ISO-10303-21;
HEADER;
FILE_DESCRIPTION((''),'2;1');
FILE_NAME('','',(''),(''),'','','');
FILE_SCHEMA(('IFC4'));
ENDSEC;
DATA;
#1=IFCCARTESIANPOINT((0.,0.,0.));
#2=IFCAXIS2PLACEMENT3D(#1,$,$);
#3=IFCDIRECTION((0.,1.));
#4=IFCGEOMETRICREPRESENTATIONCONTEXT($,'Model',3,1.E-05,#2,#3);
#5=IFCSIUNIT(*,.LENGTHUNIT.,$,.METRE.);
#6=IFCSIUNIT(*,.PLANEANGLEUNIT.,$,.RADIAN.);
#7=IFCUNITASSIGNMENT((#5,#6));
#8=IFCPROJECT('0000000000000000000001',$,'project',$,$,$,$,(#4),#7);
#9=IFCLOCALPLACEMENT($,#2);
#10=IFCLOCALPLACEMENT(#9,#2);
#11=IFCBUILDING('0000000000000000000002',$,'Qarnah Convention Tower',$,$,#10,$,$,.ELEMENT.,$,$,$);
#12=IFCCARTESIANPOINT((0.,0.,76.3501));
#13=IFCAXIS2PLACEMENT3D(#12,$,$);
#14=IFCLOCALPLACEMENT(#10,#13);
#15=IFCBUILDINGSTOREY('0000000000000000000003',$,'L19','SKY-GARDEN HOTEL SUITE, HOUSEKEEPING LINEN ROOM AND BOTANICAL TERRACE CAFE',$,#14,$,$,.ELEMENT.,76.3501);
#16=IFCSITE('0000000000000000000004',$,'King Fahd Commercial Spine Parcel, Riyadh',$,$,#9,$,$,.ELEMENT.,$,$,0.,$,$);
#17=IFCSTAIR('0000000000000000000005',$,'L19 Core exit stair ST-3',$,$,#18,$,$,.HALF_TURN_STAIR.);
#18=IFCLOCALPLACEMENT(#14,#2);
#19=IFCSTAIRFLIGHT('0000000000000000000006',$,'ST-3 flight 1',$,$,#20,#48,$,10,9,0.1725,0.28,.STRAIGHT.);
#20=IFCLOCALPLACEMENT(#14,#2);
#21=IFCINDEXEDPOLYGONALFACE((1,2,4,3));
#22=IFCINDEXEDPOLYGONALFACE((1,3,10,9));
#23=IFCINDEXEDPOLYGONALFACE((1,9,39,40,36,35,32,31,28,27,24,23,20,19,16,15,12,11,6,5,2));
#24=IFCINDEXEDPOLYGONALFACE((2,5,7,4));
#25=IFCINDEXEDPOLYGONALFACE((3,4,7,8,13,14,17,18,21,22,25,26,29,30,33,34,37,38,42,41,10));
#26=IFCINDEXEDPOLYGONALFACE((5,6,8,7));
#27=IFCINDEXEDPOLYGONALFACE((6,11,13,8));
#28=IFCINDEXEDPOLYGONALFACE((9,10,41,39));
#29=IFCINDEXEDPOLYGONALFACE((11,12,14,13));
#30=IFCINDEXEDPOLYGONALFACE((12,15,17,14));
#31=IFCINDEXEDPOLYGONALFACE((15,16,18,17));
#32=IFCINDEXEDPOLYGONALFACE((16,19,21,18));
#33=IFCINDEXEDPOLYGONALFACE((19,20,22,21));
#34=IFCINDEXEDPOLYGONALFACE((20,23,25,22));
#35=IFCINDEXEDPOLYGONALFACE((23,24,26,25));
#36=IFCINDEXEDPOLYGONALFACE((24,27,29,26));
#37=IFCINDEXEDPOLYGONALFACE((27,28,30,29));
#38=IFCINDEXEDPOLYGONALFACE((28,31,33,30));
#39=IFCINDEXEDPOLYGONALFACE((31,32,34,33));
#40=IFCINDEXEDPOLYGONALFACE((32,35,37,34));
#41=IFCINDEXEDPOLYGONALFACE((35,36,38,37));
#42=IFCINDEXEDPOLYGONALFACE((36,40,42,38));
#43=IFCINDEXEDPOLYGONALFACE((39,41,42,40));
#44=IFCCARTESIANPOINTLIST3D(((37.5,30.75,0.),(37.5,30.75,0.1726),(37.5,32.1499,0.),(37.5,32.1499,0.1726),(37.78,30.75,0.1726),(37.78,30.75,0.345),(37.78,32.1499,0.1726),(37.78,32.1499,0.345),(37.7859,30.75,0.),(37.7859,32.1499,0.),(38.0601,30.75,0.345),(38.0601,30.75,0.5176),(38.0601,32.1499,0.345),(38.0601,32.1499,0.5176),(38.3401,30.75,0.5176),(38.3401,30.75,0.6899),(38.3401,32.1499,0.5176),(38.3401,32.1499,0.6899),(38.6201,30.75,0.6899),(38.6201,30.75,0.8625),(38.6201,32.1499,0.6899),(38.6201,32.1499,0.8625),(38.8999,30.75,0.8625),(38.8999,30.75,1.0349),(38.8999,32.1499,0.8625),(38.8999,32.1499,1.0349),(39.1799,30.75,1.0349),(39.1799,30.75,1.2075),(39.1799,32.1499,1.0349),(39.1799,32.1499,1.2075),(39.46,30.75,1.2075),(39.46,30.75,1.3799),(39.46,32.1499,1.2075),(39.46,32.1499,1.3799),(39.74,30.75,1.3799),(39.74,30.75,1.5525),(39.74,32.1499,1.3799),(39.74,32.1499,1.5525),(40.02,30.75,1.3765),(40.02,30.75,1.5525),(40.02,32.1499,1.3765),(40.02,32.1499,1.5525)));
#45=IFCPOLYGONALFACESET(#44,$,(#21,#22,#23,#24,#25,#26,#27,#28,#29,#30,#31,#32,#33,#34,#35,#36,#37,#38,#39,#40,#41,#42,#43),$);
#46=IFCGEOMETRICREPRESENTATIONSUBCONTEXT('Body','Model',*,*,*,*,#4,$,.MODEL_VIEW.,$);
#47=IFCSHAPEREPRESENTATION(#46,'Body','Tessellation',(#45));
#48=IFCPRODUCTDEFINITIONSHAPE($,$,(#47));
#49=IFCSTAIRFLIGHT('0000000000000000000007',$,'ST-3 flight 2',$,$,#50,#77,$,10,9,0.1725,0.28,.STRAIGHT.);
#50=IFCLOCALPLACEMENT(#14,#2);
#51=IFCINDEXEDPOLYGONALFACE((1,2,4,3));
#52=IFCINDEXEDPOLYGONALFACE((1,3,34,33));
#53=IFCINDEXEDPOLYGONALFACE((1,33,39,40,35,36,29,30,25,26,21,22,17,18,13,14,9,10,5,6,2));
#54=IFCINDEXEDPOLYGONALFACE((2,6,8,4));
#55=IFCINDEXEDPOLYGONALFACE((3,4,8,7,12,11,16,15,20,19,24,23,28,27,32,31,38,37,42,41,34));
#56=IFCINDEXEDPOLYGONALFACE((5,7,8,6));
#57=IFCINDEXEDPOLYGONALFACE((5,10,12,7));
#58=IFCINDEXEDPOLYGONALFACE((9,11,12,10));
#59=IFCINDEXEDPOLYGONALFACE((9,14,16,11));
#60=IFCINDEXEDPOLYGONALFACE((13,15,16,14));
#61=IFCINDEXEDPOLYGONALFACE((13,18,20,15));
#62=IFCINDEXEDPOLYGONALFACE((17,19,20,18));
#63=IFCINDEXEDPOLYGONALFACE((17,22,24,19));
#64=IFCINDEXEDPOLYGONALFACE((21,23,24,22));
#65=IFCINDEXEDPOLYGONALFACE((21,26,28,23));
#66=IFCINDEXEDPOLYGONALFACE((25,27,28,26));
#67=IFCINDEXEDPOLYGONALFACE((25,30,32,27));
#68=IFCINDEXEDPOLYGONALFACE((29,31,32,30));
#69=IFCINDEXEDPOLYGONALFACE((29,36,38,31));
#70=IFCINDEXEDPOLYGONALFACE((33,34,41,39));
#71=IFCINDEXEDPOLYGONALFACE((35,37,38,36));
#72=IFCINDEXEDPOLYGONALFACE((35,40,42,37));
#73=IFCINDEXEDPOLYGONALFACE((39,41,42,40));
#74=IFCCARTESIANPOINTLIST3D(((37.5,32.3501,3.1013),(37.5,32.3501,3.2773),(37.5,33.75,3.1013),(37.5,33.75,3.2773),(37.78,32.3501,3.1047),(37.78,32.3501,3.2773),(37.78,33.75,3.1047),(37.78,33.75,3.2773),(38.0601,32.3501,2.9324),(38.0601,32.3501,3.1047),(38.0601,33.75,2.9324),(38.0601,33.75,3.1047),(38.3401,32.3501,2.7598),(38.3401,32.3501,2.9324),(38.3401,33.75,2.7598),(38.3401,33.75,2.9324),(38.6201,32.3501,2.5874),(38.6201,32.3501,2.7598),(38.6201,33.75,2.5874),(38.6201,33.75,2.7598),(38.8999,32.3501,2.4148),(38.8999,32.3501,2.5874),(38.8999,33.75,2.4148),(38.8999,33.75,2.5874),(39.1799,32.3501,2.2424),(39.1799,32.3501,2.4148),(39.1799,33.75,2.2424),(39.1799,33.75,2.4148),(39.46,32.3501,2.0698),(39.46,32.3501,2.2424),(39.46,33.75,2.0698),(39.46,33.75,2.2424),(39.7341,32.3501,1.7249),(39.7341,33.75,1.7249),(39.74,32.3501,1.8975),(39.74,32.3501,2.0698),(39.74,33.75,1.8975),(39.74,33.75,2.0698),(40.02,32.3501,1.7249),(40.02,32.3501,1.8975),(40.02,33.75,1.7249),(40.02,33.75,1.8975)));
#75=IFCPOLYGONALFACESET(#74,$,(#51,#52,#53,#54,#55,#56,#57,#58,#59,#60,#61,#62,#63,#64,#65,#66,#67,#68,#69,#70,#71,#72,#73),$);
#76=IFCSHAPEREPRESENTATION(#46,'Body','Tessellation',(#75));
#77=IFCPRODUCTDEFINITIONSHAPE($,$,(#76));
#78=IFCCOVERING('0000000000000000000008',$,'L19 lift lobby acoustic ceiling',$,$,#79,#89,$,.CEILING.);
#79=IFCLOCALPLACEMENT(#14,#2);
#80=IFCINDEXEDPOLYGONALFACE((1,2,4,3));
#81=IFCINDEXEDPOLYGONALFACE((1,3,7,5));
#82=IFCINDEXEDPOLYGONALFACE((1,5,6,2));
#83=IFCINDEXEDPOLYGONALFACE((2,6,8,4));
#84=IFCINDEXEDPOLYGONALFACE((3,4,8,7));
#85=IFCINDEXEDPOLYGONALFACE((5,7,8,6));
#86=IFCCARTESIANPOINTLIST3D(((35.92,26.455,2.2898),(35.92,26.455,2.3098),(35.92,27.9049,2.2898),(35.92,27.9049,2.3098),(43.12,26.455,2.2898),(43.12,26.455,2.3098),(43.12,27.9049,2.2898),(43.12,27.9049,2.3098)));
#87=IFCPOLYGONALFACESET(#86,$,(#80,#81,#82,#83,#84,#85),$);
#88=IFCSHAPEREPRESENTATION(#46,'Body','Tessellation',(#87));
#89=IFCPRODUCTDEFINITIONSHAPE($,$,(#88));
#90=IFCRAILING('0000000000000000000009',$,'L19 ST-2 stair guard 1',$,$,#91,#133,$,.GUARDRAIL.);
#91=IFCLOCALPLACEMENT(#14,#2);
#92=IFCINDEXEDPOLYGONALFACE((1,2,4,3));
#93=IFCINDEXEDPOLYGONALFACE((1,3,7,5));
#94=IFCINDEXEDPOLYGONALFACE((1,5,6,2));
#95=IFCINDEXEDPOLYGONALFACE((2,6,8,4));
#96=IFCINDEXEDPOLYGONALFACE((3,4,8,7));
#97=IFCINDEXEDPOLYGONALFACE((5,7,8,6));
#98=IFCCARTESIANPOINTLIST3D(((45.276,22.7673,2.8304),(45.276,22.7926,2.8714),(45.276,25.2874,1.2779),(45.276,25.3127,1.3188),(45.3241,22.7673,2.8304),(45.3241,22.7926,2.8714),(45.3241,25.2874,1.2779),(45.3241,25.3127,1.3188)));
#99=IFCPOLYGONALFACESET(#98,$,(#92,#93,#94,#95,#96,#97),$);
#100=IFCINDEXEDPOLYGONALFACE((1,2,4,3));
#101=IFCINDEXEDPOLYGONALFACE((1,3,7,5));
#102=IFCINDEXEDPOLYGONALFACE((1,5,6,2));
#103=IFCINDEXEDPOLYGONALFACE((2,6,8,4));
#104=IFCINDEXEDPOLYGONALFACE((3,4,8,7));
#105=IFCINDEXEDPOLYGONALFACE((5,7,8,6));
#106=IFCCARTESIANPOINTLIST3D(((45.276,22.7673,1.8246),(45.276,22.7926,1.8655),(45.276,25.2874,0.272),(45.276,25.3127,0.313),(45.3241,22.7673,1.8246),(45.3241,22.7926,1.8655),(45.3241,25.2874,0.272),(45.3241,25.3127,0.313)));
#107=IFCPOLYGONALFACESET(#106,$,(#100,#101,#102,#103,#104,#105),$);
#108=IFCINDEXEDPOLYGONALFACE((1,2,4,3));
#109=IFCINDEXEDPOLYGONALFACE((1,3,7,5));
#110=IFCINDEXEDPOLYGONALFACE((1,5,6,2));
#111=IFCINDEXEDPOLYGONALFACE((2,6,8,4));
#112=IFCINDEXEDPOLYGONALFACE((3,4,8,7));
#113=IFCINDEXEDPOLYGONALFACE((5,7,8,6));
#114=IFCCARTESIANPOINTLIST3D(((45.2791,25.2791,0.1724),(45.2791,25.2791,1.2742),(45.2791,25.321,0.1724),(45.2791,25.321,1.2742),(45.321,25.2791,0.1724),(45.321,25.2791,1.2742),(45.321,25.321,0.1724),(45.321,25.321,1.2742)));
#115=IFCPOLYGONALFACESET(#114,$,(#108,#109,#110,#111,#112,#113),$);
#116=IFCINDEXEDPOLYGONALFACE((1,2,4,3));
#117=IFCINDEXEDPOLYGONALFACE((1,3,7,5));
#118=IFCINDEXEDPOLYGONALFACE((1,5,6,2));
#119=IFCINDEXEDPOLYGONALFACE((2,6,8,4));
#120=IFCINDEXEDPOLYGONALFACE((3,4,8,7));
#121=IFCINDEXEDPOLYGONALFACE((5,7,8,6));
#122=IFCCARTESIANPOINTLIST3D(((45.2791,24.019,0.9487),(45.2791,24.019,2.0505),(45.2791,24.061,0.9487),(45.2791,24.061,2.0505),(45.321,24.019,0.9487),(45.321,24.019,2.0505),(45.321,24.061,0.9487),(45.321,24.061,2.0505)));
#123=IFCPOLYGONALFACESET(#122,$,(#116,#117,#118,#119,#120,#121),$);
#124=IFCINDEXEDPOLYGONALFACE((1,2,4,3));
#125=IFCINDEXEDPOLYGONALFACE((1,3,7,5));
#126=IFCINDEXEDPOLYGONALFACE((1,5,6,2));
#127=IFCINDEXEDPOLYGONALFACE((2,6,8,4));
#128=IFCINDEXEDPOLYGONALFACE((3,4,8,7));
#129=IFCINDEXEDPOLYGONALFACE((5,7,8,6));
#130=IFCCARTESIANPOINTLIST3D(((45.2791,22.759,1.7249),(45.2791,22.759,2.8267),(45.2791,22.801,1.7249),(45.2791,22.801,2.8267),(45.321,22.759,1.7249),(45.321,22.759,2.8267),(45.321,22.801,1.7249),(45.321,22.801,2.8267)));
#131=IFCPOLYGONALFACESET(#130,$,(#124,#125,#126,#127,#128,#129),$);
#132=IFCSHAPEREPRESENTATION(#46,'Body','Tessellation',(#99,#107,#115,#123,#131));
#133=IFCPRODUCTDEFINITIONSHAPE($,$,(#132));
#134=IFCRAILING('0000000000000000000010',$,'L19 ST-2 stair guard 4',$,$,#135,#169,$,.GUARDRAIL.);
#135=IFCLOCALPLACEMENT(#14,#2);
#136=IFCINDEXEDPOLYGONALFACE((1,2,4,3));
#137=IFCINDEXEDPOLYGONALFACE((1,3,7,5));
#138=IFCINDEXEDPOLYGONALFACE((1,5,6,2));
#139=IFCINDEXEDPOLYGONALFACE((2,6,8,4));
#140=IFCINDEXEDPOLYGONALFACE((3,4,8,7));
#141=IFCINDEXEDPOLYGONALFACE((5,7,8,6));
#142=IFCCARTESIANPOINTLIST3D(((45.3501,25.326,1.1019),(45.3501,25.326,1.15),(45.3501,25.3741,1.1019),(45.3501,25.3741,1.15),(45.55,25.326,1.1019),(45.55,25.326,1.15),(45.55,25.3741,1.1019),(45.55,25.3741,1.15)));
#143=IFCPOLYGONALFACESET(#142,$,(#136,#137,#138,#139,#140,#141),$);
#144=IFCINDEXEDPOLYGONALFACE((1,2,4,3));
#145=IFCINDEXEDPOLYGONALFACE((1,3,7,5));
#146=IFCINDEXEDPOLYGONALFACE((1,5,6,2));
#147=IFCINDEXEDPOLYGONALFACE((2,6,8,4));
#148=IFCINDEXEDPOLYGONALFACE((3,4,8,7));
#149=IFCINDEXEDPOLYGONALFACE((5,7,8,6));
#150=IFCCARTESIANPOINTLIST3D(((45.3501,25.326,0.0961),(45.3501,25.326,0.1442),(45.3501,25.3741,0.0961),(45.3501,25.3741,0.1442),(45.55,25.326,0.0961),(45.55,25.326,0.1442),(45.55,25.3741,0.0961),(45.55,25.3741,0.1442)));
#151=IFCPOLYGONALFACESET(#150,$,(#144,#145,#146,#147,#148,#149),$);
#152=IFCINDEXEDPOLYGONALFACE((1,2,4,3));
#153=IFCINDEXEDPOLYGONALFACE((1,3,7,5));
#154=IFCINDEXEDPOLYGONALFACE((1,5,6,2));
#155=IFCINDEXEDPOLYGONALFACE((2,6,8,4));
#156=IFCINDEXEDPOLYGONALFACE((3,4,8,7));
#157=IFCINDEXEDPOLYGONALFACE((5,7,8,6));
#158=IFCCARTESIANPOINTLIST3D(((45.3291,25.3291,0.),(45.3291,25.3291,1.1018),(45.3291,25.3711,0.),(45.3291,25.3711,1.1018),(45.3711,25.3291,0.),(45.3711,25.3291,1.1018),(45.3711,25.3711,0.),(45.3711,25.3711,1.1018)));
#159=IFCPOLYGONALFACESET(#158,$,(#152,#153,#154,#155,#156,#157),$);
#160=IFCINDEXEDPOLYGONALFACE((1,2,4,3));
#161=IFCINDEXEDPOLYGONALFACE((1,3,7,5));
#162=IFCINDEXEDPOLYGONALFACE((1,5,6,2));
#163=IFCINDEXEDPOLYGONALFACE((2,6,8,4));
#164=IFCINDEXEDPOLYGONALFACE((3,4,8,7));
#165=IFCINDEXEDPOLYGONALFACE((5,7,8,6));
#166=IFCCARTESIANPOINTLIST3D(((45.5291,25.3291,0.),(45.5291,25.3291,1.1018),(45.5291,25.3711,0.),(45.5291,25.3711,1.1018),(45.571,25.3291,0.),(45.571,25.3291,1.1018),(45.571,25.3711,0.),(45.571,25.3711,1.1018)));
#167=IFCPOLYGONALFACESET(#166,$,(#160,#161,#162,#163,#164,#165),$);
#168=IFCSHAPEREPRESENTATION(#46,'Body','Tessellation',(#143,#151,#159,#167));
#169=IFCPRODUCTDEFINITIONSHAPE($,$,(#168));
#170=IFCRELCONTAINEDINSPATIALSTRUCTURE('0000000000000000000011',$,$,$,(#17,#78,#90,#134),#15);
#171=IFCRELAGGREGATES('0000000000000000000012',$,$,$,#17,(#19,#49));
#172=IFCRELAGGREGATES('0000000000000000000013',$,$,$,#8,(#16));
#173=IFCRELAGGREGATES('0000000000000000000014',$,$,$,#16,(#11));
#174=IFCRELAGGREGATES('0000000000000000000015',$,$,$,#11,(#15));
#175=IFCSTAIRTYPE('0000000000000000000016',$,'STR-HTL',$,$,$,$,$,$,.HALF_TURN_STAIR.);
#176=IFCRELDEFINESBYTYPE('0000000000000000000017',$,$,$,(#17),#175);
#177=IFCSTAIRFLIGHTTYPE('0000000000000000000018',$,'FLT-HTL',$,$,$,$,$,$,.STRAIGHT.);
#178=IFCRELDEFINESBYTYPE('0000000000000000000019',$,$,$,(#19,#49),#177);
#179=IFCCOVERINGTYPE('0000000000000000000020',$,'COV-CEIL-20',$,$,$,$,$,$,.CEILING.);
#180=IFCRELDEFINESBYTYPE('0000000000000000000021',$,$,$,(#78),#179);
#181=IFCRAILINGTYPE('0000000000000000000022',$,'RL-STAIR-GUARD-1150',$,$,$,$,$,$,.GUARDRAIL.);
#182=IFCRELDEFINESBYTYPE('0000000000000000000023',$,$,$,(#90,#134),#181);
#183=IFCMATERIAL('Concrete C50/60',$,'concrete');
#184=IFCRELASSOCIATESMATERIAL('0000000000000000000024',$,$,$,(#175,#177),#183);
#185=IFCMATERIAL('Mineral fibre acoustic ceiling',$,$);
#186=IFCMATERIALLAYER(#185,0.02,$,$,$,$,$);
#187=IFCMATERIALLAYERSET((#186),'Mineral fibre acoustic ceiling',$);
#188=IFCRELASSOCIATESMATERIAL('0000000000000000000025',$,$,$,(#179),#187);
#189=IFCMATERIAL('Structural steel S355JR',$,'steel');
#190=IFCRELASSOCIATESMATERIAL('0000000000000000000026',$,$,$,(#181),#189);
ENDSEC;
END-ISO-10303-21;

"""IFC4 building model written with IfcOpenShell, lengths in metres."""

from ifc_helpers import new_model, si_unit, direction, frame, origin, origin_2d, place, context, subcontext, project, spatial, polyline, rectangle, outline, extrude, material, layer, layer_set, type_object, element, aggregate, save


model = new_model("IFC4")

# Units and contexts
model_context = context("Model", 3, precision=1e-05, world=origin(), true_north=direction((0.0, 1.0)))
body_context = subcontext(model_context, "Body", "Model", "MODEL_VIEW")
ifc_project = project(units=[si_unit("LENGTHUNIT", "METRE"), si_unit("PLANEANGLEUNIT", "RADIAN")], contexts=[model_context])

# Site, building, storey
site_placement = place(None, origin())
site = spatial("IfcSite", under=ifc_project, at=site_placement, Name="King Fahd Commercial Spine Parcel, Riyadh", CompositionType="ELEMENT", RefElevation=0.0)
building_placement = place(site_placement, origin())
building = spatial("IfcBuilding", under=site, at=building_placement, Name="Qarnah Convention Tower", CompositionType="ELEMENT")
storey_placement = place(building_placement, frame((0.0, 0.0, 76.3501)))
storey = spatial("IfcBuildingStorey", under=building, at=storey_placement, Name="L19", Description="SKY-GARDEN HOTEL SUITE, HOUSEKEEPING LINEN ROOM AND BOTANICAL TERRACE CAFE", CompositionType="ELEMENT", Elevation=76.3501)

# Shared definitions
ifc_material_1 = material(Name="Structural steel S355JR", Category="steel")

# Stair, stair flights
ifc_material_2 = material(Name="Concrete C50/60", Category="concrete")
stair_type = type_object("IfcStairType", Name="STR-HTL", PredefinedType="HALF_TURN_STAIR", material=ifc_material_2)
stair_placement = place(storey_placement, origin())
stair = element("IfcStair", 1, at=stair_placement, inside=storey, type_object=stair_type, Name="L19 Core exit stair ST-3", PredefinedType="HALF_TURN_STAIR")
stair_flight_type = type_object("IfcStairFlightType", Name="FLT-HTL", PredefinedType="STRAIGHT", material=ifc_material_2)
stair_flight_1_placement = place(storey_placement, frame((37.5, 31.45, 0.0), z_axis=(0.0, 0.0, 1.0), x_axis=(1.0, 0.0, 0.0)))
stair_flight_1 = element("IfcStairFlight", 2, at=stair_flight_1_placement, type_object=stair_flight_type, Name="ST-3 flight 1", NumberOfRisers=10, NumberOfTreads=9, PredefinedType="STRAIGHT", RiserHeight=0.1725, TreadLength=0.28, context=body_context, shape_type="SweptSolid", body=[
    extrude(outline(polyline([(0.0, 0.0), (0.0, 0.1726), (0.28, 0.1726), (0.28, 0.345), (0.5601, 0.345), (0.5601, 0.5176), (0.8401, 0.5176), (0.8401, 0.6899), (1.1201, 0.6899), (1.1201, 0.8625), (1.3999, 0.8625), (1.3999, 1.0349), (1.6799, 1.0349), (1.6799, 1.2075), (1.96, 1.2075), (1.96, 1.3799), (2.24, 1.3799), (2.24, 1.5525), (2.52, 1.5525), (2.52, 1.7251), (2.52, 1.3765), (0.2859, 0.0), (0.0, 0.0)])), frame((0.0, 0.7, 0.0), z_axis=(0.0, -1.0, 0.0), x_axis=(1.0, 0.0, 0.0)), (0.0, 0.0, 1.0), 1.3999),
])
stair_flight_2_placement = place(storey_placement, frame((40.02, 33.05, 1.7249), z_axis=(0.0, 0.0, 1.0), x_axis=(-1.0, 0.0, 0.0)))
stair_flight_2 = element("IfcStairFlight", 3, at=stair_flight_2_placement, type_object=stair_flight_type, Name="ST-3 flight 2", NumberOfRisers=10, NumberOfTreads=9, PredefinedType="STRAIGHT", RiserHeight=0.1725, TreadLength=0.28, context=body_context, shape_type="SweptSolid", body=[
    extrude(outline(polyline([(0.0, 0.0), (0.0, 0.1726), (0.28, 0.1726), (0.28, 0.345), (0.5601, 0.345), (0.5601, 0.5176), (0.8401, 0.5176), (0.8401, 0.6899), (1.1201, 0.6899), (1.1201, 0.8625), (1.3999, 0.8625), (1.3999, 1.0349), (1.6799, 1.0349), (1.6799, 1.2075), (1.96, 1.2075), (1.96, 1.3799), (2.24, 1.3799), (2.24, 1.5525), (2.52, 1.5525), (2.52, 1.7251), (2.52, 1.3765), (0.2859, 0.0), (0.0, 0.0)])), frame((0.0, 0.7, 0.0), z_axis=(0.0, -1.0, 0.0), x_axis=(1.0, 0.0, 0.0)), (0.0, 0.0, 1.0), 1.3999),
])
aggregate(stair, [stair_flight_1, stair_flight_2])

# Covering
ifc_material_3 = material(Name="Mineral fibre acoustic ceiling")
ifc_layer_1 = layer(ifc_material_3, 0.02)
ifc_layer_set_1 = layer_set([ifc_layer_1], Name="Mineral fibre acoustic ceiling")
covering_type = type_object("IfcCoveringType", Name="COV-CEIL-20", PredefinedType="CEILING", material=ifc_layer_set_1)
covering_placement = place(storey_placement, frame((39.52, 27.1799, 2.2898), z_axis=(0.0, 0.0, 1.0), x_axis=(1.0, 0.0, 0.0)))
element("IfcCovering", 4, at=covering_placement, inside=storey, type_object=covering_type, Name="L19 lift lobby acoustic ceiling", PredefinedType="CEILING", context=body_context, shape_type="SweptSolid", body=[
    extrude(rectangle(XDim=7.2, YDim=1.45, at=origin_2d()), origin(), (0.0, 0.0, 1.0), 0.02),
])

# Railings
railing_type_1 = type_object("IfcRailingType", Name="RL-STAIR-GUARD-1150", PredefinedType="GUARDRAIL", material=ifc_material_1)
railing_1_placement = place(storey_placement, frame((45.3, 25.3, 0.1724)))
element("IfcRailing", 5, at=railing_1_placement, inside=storey, type_object=railing_type_1, Name="L19 ST-2 stair guard 1", PredefinedType="GUARDRAIL", context=body_context, shape_type="SweptSolid", body=[
    extrude(rectangle(XDim=0.0481, YDim=0.0481, at=origin_2d()), frame((0.0, 0.0, 1.126), z_axis=(0.0, -0.8514, 0.524516), x_axis=(1.0, 0.0, 0.0)), (0.0, 0.0, 1.0), 2.96),
    extrude(rectangle(XDim=0.0481, YDim=0.0481, at=origin_2d()), frame((0.0, 0.0, 0.1201), z_axis=(0.0, -0.8514, 0.524516), x_axis=(1.0, 0.0, 0.0)), (0.0, 0.0, 1.0), 2.96),
    extrude(rectangle(XDim=0.042, YDim=0.042, at=origin_2d()), origin(), (0.0, 0.0, 1.0), 1.1018),
    extrude(rectangle(XDim=0.042, YDim=0.042, at=origin_2d()), frame((0.0, -1.26, 0.7764)), (0.0, 0.0, 1.0), 1.1018),
    extrude(rectangle(XDim=0.042, YDim=0.042, at=origin_2d()), frame((0.0, -2.52, 1.5525)), (0.0, 0.0, 1.0), 1.1018),
])
railing_2_placement = place(storey_placement, frame((45.3501, 25.3501, 0.0)))
element("IfcRailing", 6, at=railing_2_placement, inside=storey, type_object=railing_type_1, Name="L19 ST-2 stair guard 4", PredefinedType="GUARDRAIL", context=body_context, shape_type="SweptSolid", body=[
    extrude(rectangle(XDim=0.0481, YDim=0.0481, at=origin_2d()), frame((0.0, 0.0, 1.126), z_axis=(1.0, 0.0, 0.0), x_axis=(0.0, 1.0, 0.0)), (0.0, 0.0, 1.0), 0.2),
    extrude(rectangle(XDim=0.0481, YDim=0.0481, at=origin_2d()), frame((0.0, 0.0, 0.1201), z_axis=(1.0, 0.0, 0.0), x_axis=(0.0, 1.0, 0.0)), (0.0, 0.0, 1.0), 0.2),
    extrude(rectangle(XDim=0.042, YDim=0.042, at=origin_2d()), origin(), (0.0, 0.0, 1.0), 1.1018),
    extrude(rectangle(XDim=0.042, YDim=0.042, at=origin_2d()), frame((0.2, 0.0, 0.0)), (0.0, 0.0, 1.0), 1.1018),
])

save(model, "model.ifc")
